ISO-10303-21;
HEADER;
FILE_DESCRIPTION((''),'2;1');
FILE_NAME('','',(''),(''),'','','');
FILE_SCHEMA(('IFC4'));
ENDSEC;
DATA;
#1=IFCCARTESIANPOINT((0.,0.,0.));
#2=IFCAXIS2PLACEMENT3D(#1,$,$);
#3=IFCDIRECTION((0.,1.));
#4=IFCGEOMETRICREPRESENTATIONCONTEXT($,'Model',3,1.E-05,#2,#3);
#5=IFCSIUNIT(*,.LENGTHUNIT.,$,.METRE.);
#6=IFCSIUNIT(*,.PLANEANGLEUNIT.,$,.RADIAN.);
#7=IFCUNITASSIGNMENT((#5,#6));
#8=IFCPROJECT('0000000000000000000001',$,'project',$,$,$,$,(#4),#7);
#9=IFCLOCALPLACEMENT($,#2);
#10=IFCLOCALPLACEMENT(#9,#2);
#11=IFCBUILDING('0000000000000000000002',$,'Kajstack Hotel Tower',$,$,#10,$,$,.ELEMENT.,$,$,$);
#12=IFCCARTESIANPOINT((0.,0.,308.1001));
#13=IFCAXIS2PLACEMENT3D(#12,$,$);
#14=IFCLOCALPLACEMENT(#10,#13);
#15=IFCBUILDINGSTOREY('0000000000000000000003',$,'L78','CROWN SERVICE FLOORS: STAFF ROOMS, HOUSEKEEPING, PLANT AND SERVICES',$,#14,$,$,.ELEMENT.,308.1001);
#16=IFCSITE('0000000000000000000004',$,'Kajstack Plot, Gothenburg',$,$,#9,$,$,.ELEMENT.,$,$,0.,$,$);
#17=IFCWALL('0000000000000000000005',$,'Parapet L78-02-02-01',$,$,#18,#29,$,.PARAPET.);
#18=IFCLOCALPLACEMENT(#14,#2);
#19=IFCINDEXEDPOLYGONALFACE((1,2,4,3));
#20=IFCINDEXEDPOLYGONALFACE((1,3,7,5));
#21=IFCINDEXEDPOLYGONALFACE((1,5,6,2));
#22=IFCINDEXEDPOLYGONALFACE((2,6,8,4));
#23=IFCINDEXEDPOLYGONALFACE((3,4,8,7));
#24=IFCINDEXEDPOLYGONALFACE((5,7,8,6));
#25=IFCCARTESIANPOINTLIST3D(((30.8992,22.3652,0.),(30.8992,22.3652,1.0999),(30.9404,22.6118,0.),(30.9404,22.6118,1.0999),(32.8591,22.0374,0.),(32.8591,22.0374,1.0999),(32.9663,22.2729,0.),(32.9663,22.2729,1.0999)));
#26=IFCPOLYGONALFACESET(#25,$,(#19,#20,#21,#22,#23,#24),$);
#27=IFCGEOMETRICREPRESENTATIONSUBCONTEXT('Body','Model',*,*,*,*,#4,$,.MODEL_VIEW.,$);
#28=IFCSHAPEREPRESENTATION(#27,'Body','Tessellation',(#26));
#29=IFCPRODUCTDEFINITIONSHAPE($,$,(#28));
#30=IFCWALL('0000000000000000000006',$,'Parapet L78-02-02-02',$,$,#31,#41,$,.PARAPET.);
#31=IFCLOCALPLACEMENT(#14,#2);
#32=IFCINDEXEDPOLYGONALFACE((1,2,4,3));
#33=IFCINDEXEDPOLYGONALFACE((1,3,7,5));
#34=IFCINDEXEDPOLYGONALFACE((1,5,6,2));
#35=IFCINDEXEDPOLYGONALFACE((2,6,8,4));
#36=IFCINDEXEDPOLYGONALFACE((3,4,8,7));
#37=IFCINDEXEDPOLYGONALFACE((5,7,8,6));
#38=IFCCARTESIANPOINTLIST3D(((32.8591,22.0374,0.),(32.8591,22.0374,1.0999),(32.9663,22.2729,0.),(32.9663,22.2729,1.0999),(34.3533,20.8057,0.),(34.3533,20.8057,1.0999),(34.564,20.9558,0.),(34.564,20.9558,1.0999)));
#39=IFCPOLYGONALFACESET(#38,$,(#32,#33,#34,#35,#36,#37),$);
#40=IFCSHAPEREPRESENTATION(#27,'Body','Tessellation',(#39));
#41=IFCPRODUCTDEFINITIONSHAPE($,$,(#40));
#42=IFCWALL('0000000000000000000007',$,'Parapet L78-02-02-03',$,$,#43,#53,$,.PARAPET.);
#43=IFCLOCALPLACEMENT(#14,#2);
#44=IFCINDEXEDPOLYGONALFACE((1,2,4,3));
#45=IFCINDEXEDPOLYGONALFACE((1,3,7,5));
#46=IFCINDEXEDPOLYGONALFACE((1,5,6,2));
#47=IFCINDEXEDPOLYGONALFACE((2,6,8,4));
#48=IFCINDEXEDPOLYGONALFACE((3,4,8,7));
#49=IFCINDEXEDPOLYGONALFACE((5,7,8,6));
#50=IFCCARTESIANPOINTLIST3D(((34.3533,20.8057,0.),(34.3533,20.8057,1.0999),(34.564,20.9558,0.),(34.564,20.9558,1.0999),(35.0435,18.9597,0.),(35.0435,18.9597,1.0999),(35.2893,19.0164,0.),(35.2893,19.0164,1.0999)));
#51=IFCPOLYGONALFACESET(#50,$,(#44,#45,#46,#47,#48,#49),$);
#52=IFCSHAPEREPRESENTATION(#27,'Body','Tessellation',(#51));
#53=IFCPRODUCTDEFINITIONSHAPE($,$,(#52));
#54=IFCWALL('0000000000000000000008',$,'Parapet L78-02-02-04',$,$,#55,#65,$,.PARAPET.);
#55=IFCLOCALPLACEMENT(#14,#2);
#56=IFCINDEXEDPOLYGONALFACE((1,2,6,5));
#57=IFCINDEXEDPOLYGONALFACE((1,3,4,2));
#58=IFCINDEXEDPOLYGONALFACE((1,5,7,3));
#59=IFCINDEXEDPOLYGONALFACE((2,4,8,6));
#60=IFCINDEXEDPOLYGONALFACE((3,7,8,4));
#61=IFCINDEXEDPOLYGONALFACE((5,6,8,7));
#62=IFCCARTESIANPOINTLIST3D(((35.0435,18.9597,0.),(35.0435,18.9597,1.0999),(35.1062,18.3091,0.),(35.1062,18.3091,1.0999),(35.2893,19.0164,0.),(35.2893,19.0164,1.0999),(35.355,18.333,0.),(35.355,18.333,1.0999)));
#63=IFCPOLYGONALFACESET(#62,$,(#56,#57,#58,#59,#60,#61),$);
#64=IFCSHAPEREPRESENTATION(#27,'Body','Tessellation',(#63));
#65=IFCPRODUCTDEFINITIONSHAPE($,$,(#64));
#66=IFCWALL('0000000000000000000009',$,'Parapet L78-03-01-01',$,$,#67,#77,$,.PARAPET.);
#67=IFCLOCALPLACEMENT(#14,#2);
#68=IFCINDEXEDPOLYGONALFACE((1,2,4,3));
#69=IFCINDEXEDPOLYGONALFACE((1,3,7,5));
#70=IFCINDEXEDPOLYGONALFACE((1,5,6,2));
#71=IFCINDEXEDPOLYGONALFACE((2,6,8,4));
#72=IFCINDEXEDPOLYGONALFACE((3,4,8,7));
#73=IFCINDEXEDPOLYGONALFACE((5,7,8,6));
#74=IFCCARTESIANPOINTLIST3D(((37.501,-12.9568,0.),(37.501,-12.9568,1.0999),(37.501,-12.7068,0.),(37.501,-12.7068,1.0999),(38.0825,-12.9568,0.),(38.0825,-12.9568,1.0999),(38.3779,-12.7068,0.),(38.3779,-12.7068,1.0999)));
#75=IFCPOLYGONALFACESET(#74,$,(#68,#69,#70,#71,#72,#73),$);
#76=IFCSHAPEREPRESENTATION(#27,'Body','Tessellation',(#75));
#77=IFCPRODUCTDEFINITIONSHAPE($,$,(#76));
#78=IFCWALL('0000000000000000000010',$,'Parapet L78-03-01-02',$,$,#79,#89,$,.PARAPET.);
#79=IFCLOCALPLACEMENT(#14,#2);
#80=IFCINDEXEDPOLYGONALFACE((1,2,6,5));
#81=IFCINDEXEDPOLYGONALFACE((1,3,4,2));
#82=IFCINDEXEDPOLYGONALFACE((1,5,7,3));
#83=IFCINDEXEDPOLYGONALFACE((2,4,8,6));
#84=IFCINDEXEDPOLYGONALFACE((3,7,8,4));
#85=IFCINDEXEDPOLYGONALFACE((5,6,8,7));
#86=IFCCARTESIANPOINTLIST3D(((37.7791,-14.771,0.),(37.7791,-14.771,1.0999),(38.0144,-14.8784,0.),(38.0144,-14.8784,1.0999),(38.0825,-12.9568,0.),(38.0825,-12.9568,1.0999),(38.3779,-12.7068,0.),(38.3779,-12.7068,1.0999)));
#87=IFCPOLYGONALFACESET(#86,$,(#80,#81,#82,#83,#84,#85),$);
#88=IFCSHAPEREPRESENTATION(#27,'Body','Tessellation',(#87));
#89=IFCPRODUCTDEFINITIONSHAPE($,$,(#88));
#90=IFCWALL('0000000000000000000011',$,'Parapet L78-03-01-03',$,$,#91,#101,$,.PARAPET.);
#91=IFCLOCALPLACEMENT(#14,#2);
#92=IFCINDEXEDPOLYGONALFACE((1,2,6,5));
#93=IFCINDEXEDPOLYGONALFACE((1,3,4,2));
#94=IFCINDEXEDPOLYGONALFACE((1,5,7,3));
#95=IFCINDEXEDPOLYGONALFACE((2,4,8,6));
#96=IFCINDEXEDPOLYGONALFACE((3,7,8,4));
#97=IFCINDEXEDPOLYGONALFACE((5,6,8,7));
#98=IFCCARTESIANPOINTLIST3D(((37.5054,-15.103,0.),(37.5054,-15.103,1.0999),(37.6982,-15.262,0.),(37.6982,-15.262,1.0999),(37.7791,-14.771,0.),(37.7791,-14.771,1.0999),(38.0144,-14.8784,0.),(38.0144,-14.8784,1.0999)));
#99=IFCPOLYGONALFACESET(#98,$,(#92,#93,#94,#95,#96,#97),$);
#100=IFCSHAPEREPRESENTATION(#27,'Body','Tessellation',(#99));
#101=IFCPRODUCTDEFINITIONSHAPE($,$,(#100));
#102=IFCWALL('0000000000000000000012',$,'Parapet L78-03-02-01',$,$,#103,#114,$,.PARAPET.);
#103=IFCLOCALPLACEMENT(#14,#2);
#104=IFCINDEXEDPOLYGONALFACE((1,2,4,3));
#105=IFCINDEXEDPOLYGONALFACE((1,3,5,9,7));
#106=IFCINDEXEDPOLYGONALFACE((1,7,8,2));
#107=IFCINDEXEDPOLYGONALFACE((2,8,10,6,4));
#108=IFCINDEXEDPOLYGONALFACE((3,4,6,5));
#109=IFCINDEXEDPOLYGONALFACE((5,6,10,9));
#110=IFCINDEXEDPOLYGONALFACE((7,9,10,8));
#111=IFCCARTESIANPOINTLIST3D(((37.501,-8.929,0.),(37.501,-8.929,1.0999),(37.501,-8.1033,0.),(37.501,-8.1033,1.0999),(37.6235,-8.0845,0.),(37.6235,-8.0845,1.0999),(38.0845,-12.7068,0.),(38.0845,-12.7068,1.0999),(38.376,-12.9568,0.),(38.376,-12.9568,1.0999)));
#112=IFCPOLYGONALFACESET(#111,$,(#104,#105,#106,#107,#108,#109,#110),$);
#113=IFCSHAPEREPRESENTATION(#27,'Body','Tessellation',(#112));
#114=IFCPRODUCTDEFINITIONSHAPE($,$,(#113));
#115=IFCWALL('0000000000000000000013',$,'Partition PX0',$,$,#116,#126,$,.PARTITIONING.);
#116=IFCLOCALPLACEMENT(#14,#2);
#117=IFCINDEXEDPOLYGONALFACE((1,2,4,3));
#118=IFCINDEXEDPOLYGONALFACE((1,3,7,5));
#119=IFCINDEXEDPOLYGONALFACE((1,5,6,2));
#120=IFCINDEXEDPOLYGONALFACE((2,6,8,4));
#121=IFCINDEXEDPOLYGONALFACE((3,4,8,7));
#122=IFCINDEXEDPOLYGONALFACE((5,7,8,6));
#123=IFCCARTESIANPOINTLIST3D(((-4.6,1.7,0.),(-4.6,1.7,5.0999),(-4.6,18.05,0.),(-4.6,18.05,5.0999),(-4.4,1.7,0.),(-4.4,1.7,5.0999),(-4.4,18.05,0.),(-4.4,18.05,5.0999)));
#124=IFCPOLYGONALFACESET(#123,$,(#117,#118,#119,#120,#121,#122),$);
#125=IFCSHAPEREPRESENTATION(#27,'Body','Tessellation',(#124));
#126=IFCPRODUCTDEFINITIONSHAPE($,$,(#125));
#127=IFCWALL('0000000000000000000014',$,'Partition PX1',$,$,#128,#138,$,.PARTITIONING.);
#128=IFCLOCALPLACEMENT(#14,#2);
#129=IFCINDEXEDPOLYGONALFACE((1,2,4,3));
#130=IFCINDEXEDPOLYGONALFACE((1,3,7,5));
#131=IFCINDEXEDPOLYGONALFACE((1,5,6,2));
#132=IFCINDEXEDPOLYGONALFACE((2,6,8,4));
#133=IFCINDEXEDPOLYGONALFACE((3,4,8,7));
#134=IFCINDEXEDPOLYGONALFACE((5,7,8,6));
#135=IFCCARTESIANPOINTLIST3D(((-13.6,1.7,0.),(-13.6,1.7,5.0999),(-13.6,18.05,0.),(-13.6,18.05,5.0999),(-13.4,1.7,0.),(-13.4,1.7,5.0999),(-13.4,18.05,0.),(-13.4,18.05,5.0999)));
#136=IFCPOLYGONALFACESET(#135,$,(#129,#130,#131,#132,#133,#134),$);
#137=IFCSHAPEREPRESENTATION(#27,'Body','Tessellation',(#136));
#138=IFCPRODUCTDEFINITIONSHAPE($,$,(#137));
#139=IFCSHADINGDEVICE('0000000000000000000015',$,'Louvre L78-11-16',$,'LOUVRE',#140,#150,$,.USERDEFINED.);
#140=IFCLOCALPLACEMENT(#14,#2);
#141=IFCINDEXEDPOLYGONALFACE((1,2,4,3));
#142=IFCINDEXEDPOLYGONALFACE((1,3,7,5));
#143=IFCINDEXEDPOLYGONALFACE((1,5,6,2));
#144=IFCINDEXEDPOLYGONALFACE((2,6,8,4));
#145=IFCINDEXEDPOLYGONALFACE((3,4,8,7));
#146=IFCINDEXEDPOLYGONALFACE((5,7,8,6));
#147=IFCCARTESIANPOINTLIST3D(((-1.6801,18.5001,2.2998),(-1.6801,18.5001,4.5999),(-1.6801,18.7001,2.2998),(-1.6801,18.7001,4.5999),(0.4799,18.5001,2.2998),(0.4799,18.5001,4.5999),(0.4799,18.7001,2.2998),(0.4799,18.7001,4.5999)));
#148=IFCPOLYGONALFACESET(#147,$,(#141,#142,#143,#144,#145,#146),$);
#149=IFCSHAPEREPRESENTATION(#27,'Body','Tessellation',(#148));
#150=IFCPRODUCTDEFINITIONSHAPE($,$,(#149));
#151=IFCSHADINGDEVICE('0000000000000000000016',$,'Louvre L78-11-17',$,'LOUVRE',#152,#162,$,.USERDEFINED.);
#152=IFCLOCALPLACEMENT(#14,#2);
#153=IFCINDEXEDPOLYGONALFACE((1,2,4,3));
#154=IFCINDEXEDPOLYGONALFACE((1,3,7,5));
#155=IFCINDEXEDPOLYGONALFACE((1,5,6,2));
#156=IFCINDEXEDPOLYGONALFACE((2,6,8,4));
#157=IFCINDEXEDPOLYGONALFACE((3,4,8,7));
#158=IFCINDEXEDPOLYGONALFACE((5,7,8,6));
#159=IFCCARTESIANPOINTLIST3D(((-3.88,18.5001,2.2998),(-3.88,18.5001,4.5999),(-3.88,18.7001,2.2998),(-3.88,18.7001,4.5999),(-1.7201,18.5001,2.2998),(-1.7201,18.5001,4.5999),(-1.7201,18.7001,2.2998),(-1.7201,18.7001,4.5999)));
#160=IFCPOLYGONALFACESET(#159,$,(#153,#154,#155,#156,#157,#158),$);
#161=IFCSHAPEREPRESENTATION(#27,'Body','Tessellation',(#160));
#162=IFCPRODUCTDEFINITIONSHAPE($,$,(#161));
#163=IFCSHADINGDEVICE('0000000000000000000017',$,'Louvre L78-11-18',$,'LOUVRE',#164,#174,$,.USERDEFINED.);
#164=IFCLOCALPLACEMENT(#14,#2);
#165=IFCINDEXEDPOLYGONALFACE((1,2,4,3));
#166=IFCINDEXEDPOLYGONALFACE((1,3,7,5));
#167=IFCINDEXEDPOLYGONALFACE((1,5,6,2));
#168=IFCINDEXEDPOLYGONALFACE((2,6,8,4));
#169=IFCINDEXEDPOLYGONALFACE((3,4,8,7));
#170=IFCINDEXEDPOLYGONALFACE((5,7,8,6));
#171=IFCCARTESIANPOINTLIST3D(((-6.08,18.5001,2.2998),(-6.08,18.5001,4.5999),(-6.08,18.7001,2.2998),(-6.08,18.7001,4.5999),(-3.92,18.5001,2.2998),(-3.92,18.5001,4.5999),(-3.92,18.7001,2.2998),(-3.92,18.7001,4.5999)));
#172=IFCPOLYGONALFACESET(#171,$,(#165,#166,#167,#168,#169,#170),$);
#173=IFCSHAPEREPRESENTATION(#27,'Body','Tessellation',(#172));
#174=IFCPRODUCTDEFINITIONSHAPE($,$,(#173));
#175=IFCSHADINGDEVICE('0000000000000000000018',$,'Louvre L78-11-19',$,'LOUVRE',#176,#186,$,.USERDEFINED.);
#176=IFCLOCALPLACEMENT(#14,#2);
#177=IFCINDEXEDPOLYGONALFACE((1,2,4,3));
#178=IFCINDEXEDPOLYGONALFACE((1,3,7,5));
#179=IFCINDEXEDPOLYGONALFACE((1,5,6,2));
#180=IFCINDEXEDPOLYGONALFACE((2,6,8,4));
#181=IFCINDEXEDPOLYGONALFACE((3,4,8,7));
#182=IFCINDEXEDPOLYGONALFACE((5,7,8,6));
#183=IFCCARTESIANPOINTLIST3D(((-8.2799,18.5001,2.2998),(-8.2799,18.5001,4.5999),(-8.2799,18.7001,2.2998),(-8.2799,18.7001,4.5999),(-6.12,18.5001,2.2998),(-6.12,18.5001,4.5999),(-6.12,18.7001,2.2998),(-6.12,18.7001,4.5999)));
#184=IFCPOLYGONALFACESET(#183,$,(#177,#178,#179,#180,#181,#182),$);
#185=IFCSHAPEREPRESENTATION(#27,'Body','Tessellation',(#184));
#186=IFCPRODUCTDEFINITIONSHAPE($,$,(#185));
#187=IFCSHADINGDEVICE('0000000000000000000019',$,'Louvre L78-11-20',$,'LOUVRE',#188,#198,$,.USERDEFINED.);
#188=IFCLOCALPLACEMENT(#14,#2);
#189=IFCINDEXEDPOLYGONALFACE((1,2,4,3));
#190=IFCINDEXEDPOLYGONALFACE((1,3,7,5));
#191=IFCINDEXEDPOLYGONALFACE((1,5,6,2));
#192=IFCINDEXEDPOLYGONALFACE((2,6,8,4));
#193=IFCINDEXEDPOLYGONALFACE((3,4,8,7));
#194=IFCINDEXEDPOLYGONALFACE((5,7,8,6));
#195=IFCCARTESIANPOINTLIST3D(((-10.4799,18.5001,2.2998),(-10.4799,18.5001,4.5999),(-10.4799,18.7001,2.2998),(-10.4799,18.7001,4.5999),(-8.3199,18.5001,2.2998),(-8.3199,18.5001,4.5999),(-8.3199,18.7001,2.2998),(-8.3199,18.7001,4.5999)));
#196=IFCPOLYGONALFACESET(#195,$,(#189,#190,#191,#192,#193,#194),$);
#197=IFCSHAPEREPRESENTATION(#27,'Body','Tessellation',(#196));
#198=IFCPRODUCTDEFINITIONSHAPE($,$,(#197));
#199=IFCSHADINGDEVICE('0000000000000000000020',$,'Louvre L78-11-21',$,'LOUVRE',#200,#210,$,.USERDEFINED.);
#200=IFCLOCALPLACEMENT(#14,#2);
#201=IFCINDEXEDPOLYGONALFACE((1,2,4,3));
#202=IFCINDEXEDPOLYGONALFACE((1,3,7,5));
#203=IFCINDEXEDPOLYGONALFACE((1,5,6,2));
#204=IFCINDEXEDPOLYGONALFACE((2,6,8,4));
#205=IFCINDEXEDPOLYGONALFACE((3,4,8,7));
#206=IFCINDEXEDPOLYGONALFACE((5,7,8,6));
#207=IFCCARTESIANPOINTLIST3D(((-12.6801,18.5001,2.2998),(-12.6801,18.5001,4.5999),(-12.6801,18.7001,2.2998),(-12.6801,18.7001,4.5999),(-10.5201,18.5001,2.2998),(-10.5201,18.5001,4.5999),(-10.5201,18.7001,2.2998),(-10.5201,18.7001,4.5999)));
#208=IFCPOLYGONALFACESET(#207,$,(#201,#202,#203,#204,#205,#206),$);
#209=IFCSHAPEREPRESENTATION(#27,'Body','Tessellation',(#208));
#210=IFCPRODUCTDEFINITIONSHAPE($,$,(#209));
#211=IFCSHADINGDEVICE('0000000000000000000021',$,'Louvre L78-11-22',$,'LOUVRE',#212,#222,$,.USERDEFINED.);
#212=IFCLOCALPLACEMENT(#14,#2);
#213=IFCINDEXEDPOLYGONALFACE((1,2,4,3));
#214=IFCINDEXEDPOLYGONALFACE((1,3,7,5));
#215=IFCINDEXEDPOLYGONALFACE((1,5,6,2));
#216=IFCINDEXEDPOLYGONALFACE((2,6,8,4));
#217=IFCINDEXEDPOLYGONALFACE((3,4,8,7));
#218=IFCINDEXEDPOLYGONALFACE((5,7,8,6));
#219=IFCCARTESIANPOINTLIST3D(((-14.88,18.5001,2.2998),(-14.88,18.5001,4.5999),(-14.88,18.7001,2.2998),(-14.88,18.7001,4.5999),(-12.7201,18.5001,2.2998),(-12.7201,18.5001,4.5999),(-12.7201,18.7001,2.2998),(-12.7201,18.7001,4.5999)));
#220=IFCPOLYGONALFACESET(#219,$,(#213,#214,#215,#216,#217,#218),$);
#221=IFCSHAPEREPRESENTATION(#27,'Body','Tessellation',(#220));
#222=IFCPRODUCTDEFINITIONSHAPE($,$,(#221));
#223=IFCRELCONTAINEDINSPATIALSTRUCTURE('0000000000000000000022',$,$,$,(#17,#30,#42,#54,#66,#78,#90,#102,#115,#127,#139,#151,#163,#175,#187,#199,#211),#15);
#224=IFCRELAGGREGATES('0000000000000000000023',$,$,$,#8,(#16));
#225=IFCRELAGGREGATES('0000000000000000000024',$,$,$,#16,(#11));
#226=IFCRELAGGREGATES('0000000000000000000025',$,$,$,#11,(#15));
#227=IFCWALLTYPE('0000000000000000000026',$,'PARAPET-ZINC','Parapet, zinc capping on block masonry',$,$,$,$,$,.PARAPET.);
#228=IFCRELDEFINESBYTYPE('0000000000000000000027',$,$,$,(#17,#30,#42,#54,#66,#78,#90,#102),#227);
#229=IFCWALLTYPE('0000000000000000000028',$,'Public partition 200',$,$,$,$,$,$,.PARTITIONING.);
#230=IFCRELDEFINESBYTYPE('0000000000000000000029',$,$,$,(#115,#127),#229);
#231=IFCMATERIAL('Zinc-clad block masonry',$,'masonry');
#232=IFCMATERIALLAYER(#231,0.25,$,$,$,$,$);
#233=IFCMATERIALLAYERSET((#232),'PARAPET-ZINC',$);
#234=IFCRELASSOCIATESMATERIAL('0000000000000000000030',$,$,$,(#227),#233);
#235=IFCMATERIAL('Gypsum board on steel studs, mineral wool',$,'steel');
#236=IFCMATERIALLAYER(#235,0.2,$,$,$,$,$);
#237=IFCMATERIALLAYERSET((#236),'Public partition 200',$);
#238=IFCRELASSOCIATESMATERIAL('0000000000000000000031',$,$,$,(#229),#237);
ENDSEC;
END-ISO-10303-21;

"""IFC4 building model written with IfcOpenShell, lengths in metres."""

from ifc_helpers import new_model, si_unit, direction, frame, frame_2d, origin, origin_2d, place, context, subcontext, project, spatial, polyline, rectangle, outline, extrude, material, layer, layer_set, type_object, element, save


model = new_model("IFC4")

# Units and contexts
model_context = context("Model", 3, precision=1e-05, world=origin(), true_north=direction((0.0, 1.0)))
body_context = subcontext(model_context, "Body", "Model", "MODEL_VIEW")
ifc_project = project(units=[si_unit("LENGTHUNIT", "METRE"), si_unit("PLANEANGLEUNIT", "RADIAN")], contexts=[model_context])

# Site, building, storey
site_placement = place(None, origin())
site = spatial("IfcSite", under=ifc_project, at=site_placement, Name="Kajstack Plot, Gothenburg", CompositionType="ELEMENT", RefElevation=0.0)
building_placement = place(site_placement, origin())
building = spatial("IfcBuilding", under=site, at=building_placement, Name="Kajstack Hotel Tower", CompositionType="ELEMENT")
storey_placement = place(building_placement, frame((0.0, 0.0, 308.1001)))
storey = spatial("IfcBuildingStorey", under=building, at=storey_placement, Name="L78", Description="CROWN SERVICE FLOORS: STAFF ROOMS, HOUSEKEEPING, PLANT AND SERVICES", CompositionType="ELEMENT", Elevation=308.1001)

# Walls
ifc_material_1 = material(Name="Zinc-clad block masonry", Category="masonry")
ifc_layer_1 = layer(ifc_material_1, 0.25)
ifc_layer_set_1 = layer_set([ifc_layer_1], Name="PARAPET-ZINC")
wall_type_1 = type_object("IfcWallType", Name="PARAPET-ZINC", Description="Parapet, zinc capping on block masonry", PredefinedType="PARAPET", material=ifc_layer_set_1)
wall_1_placement = place(storey_placement, origin())
element("IfcWall", 1, at=wall_1_placement, inside=storey, type_object=wall_type_1, Name="Parapet L78-02-02-01", PredefinedType="PARAPET", context=body_context, shape_type="SweptSolid", body=[
    extrude(outline(polyline([(30.9404, 22.6118), (30.8992, 22.3652), (32.8591, 22.0374), (32.9663, 22.2729), (30.9404, 22.6118)])), origin(), (0.0, 0.0, 1.0), 1.0999),
])
wall_2_placement = place(storey_placement, origin())
element("IfcWall", 2, at=wall_2_placement, inside=storey, type_object=wall_type_1, Name="Parapet L78-02-02-02", PredefinedType="PARAPET", context=body_context, shape_type="SweptSolid", body=[
    extrude(outline(polyline([(32.9663, 22.2729), (32.8591, 22.0374), (34.3533, 20.8057), (34.564, 20.9558), (32.9663, 22.2729)])), origin(), (0.0, 0.0, 1.0), 1.0999),
])
wall_3_placement = place(storey_placement, origin())
element("IfcWall", 3, at=wall_3_placement, inside=storey, type_object=wall_type_1, Name="Parapet L78-02-02-03", PredefinedType="PARAPET", context=body_context, shape_type="SweptSolid", body=[
    extrude(outline(polyline([(34.564, 20.9558), (34.3533, 20.8057), (35.0435, 18.9597), (35.2893, 19.0164), (34.564, 20.9558)])), origin(), (0.0, 0.0, 1.0), 1.0999),
])
wall_4_placement = place(storey_placement, origin())
element("IfcWall", 4, at=wall_4_placement, inside=storey, type_object=wall_type_1, Name="Parapet L78-02-02-04", PredefinedType="PARAPET", context=body_context, shape_type="SweptSolid", body=[
    extrude(outline(polyline([(35.2893, 19.0164), (35.0435, 18.9597), (35.1062, 18.3091), (35.355, 18.333), (35.2893, 19.0164)])), origin(), (0.0, 0.0, 1.0), 1.0999),
])
wall_5_placement = place(storey_placement, origin())
element("IfcWall", 5, at=wall_5_placement, inside=storey, type_object=wall_type_1, Name="Parapet L78-03-01-01", PredefinedType="PARAPET", context=body_context, shape_type="SweptSolid", body=[
    extrude(outline(polyline([(37.501, -12.7068), (37.501, -12.9568), (38.0825, -12.9568), (38.3779, -12.7068), (37.501, -12.7068)])), origin(), (0.0, 0.0, 1.0), 1.0999),
])
wall_6_placement = place(storey_placement, origin())
element("IfcWall", 6, at=wall_6_placement, inside=storey, type_object=wall_type_1, Name="Parapet L78-03-01-02", PredefinedType="PARAPET", context=body_context, shape_type="SweptSolid", body=[
    extrude(outline(polyline([(38.3779, -12.7068), (38.0825, -12.9568), (37.7791, -14.771), (38.0144, -14.8784), (38.3779, -12.7068)])), origin(), (0.0, 0.0, 1.0), 1.0999),
])
wall_7_placement = place(storey_placement, origin())
element("IfcWall", 7, at=wall_7_placement, inside=storey, type_object=wall_type_1, Name="Parapet L78-03-01-03", PredefinedType="PARAPET", context=body_context, shape_type="SweptSolid", body=[
    extrude(outline(polyline([(38.0144, -14.8784), (37.7791, -14.771), (37.5054, -15.103), (37.6982, -15.262), (38.0144, -14.8784)])), origin(), (0.0, 0.0, 1.0), 1.0999),
])
wall_8_placement = place(storey_placement, origin())
element("IfcWall", 8, at=wall_8_placement, inside=storey, type_object=wall_type_1, Name="Parapet L78-03-02-01", PredefinedType="PARAPET", context=body_context, shape_type="SweptSolid", body=[
    extrude(outline(polyline([(37.6235, -8.0845), (37.501, -8.1033), (37.501, -8.929), (38.0845, -12.7068), (38.376, -12.9568), (37.6235, -8.0845)])), origin(), (0.0, 0.0, 1.0), 1.0999),
])
ifc_material_2 = material(Name="Gypsum board on steel studs, mineral wool", Category="steel")
ifc_layer_2 = layer(ifc_material_2, 0.2)
ifc_layer_set_2 = layer_set([ifc_layer_2], Name="Public partition 200")
wall_type_2 = type_object("IfcWallType", Name="Public partition 200", PredefinedType="PARTITIONING", material=ifc_layer_set_2)
for number, where, z_axis, x_axis, name in (
    (9, (-4.5, 1.7, 0.0), (0.0, 0.0, 1.0), (0.0, 1.0, 0.0), "Partition PX0"),
    (10, (-13.5, 1.7, 0.0), (0.0, 0.0, 1.0), (0.0, 1.0, 0.0), "Partition PX1"),
):
    element("IfcWall", number, at=place(storey_placement, frame(where, z_axis=z_axis, x_axis=x_axis)), inside=storey, type_object=wall_type_2, Name=name, PredefinedType="PARTITIONING", context=body_context, shape_type="SweptSolid", body=[
        extrude(rectangle(XDim=16.3501, YDim=0.2, at=frame_2d((8.175, 0.0))), origin(), (0.0, 0.0, 1.0), 5.0999),
    ])

# Shading devices
for number, where, z_axis, x_axis, name in (
    (11, (-0.6001, 18.6001, 2.2998), (0.0, 0.0, 1.0), (-1.0, 0.0, 0.0), "Louvre L78-11-16"),
    (12, (-2.8, 18.6001, 2.2998), (0.0, 0.0, 1.0), (-1.0, 0.0, 0.0), "Louvre L78-11-17"),
    (13, (-5.0, 18.6001, 2.2998), (0.0, 0.0, 1.0), (-1.0, 0.0, 0.0), "Louvre L78-11-18"),
    (14, (-7.2, 18.6001, 2.2998), (0.0, 0.0, 1.0), (-1.0, 0.0, 0.0), "Louvre L78-11-19"),
    (15, (-9.3999, 18.6001, 2.2998), (0.0, 0.0, 1.0), (-1.0, 0.0, 0.0), "Louvre L78-11-20"),
    (16, (-11.6001, 18.6001, 2.2998), (0.0, 0.0, 1.0), (-1.0, 0.0, 0.0), "Louvre L78-11-21"),
    (17, (-13.8, 18.6001, 2.2998), (0.0, 0.0, 1.0), (-1.0, 0.0, 0.0), "Louvre L78-11-22"),
):
    element("IfcShadingDevice", number, at=place(storey_placement, frame(where, z_axis=z_axis, x_axis=x_axis)), inside=storey, Name=name, ObjectType="LOUVRE", PredefinedType="USERDEFINED", context=body_context, shape_type="SweptSolid", body=[
        extrude(rectangle(XDim=2.1599, YDim=0.2, at=origin_2d()), origin(), (0.0, 0.0, 1.0), 2.3),
    ])

save(model, "model.ifc")
